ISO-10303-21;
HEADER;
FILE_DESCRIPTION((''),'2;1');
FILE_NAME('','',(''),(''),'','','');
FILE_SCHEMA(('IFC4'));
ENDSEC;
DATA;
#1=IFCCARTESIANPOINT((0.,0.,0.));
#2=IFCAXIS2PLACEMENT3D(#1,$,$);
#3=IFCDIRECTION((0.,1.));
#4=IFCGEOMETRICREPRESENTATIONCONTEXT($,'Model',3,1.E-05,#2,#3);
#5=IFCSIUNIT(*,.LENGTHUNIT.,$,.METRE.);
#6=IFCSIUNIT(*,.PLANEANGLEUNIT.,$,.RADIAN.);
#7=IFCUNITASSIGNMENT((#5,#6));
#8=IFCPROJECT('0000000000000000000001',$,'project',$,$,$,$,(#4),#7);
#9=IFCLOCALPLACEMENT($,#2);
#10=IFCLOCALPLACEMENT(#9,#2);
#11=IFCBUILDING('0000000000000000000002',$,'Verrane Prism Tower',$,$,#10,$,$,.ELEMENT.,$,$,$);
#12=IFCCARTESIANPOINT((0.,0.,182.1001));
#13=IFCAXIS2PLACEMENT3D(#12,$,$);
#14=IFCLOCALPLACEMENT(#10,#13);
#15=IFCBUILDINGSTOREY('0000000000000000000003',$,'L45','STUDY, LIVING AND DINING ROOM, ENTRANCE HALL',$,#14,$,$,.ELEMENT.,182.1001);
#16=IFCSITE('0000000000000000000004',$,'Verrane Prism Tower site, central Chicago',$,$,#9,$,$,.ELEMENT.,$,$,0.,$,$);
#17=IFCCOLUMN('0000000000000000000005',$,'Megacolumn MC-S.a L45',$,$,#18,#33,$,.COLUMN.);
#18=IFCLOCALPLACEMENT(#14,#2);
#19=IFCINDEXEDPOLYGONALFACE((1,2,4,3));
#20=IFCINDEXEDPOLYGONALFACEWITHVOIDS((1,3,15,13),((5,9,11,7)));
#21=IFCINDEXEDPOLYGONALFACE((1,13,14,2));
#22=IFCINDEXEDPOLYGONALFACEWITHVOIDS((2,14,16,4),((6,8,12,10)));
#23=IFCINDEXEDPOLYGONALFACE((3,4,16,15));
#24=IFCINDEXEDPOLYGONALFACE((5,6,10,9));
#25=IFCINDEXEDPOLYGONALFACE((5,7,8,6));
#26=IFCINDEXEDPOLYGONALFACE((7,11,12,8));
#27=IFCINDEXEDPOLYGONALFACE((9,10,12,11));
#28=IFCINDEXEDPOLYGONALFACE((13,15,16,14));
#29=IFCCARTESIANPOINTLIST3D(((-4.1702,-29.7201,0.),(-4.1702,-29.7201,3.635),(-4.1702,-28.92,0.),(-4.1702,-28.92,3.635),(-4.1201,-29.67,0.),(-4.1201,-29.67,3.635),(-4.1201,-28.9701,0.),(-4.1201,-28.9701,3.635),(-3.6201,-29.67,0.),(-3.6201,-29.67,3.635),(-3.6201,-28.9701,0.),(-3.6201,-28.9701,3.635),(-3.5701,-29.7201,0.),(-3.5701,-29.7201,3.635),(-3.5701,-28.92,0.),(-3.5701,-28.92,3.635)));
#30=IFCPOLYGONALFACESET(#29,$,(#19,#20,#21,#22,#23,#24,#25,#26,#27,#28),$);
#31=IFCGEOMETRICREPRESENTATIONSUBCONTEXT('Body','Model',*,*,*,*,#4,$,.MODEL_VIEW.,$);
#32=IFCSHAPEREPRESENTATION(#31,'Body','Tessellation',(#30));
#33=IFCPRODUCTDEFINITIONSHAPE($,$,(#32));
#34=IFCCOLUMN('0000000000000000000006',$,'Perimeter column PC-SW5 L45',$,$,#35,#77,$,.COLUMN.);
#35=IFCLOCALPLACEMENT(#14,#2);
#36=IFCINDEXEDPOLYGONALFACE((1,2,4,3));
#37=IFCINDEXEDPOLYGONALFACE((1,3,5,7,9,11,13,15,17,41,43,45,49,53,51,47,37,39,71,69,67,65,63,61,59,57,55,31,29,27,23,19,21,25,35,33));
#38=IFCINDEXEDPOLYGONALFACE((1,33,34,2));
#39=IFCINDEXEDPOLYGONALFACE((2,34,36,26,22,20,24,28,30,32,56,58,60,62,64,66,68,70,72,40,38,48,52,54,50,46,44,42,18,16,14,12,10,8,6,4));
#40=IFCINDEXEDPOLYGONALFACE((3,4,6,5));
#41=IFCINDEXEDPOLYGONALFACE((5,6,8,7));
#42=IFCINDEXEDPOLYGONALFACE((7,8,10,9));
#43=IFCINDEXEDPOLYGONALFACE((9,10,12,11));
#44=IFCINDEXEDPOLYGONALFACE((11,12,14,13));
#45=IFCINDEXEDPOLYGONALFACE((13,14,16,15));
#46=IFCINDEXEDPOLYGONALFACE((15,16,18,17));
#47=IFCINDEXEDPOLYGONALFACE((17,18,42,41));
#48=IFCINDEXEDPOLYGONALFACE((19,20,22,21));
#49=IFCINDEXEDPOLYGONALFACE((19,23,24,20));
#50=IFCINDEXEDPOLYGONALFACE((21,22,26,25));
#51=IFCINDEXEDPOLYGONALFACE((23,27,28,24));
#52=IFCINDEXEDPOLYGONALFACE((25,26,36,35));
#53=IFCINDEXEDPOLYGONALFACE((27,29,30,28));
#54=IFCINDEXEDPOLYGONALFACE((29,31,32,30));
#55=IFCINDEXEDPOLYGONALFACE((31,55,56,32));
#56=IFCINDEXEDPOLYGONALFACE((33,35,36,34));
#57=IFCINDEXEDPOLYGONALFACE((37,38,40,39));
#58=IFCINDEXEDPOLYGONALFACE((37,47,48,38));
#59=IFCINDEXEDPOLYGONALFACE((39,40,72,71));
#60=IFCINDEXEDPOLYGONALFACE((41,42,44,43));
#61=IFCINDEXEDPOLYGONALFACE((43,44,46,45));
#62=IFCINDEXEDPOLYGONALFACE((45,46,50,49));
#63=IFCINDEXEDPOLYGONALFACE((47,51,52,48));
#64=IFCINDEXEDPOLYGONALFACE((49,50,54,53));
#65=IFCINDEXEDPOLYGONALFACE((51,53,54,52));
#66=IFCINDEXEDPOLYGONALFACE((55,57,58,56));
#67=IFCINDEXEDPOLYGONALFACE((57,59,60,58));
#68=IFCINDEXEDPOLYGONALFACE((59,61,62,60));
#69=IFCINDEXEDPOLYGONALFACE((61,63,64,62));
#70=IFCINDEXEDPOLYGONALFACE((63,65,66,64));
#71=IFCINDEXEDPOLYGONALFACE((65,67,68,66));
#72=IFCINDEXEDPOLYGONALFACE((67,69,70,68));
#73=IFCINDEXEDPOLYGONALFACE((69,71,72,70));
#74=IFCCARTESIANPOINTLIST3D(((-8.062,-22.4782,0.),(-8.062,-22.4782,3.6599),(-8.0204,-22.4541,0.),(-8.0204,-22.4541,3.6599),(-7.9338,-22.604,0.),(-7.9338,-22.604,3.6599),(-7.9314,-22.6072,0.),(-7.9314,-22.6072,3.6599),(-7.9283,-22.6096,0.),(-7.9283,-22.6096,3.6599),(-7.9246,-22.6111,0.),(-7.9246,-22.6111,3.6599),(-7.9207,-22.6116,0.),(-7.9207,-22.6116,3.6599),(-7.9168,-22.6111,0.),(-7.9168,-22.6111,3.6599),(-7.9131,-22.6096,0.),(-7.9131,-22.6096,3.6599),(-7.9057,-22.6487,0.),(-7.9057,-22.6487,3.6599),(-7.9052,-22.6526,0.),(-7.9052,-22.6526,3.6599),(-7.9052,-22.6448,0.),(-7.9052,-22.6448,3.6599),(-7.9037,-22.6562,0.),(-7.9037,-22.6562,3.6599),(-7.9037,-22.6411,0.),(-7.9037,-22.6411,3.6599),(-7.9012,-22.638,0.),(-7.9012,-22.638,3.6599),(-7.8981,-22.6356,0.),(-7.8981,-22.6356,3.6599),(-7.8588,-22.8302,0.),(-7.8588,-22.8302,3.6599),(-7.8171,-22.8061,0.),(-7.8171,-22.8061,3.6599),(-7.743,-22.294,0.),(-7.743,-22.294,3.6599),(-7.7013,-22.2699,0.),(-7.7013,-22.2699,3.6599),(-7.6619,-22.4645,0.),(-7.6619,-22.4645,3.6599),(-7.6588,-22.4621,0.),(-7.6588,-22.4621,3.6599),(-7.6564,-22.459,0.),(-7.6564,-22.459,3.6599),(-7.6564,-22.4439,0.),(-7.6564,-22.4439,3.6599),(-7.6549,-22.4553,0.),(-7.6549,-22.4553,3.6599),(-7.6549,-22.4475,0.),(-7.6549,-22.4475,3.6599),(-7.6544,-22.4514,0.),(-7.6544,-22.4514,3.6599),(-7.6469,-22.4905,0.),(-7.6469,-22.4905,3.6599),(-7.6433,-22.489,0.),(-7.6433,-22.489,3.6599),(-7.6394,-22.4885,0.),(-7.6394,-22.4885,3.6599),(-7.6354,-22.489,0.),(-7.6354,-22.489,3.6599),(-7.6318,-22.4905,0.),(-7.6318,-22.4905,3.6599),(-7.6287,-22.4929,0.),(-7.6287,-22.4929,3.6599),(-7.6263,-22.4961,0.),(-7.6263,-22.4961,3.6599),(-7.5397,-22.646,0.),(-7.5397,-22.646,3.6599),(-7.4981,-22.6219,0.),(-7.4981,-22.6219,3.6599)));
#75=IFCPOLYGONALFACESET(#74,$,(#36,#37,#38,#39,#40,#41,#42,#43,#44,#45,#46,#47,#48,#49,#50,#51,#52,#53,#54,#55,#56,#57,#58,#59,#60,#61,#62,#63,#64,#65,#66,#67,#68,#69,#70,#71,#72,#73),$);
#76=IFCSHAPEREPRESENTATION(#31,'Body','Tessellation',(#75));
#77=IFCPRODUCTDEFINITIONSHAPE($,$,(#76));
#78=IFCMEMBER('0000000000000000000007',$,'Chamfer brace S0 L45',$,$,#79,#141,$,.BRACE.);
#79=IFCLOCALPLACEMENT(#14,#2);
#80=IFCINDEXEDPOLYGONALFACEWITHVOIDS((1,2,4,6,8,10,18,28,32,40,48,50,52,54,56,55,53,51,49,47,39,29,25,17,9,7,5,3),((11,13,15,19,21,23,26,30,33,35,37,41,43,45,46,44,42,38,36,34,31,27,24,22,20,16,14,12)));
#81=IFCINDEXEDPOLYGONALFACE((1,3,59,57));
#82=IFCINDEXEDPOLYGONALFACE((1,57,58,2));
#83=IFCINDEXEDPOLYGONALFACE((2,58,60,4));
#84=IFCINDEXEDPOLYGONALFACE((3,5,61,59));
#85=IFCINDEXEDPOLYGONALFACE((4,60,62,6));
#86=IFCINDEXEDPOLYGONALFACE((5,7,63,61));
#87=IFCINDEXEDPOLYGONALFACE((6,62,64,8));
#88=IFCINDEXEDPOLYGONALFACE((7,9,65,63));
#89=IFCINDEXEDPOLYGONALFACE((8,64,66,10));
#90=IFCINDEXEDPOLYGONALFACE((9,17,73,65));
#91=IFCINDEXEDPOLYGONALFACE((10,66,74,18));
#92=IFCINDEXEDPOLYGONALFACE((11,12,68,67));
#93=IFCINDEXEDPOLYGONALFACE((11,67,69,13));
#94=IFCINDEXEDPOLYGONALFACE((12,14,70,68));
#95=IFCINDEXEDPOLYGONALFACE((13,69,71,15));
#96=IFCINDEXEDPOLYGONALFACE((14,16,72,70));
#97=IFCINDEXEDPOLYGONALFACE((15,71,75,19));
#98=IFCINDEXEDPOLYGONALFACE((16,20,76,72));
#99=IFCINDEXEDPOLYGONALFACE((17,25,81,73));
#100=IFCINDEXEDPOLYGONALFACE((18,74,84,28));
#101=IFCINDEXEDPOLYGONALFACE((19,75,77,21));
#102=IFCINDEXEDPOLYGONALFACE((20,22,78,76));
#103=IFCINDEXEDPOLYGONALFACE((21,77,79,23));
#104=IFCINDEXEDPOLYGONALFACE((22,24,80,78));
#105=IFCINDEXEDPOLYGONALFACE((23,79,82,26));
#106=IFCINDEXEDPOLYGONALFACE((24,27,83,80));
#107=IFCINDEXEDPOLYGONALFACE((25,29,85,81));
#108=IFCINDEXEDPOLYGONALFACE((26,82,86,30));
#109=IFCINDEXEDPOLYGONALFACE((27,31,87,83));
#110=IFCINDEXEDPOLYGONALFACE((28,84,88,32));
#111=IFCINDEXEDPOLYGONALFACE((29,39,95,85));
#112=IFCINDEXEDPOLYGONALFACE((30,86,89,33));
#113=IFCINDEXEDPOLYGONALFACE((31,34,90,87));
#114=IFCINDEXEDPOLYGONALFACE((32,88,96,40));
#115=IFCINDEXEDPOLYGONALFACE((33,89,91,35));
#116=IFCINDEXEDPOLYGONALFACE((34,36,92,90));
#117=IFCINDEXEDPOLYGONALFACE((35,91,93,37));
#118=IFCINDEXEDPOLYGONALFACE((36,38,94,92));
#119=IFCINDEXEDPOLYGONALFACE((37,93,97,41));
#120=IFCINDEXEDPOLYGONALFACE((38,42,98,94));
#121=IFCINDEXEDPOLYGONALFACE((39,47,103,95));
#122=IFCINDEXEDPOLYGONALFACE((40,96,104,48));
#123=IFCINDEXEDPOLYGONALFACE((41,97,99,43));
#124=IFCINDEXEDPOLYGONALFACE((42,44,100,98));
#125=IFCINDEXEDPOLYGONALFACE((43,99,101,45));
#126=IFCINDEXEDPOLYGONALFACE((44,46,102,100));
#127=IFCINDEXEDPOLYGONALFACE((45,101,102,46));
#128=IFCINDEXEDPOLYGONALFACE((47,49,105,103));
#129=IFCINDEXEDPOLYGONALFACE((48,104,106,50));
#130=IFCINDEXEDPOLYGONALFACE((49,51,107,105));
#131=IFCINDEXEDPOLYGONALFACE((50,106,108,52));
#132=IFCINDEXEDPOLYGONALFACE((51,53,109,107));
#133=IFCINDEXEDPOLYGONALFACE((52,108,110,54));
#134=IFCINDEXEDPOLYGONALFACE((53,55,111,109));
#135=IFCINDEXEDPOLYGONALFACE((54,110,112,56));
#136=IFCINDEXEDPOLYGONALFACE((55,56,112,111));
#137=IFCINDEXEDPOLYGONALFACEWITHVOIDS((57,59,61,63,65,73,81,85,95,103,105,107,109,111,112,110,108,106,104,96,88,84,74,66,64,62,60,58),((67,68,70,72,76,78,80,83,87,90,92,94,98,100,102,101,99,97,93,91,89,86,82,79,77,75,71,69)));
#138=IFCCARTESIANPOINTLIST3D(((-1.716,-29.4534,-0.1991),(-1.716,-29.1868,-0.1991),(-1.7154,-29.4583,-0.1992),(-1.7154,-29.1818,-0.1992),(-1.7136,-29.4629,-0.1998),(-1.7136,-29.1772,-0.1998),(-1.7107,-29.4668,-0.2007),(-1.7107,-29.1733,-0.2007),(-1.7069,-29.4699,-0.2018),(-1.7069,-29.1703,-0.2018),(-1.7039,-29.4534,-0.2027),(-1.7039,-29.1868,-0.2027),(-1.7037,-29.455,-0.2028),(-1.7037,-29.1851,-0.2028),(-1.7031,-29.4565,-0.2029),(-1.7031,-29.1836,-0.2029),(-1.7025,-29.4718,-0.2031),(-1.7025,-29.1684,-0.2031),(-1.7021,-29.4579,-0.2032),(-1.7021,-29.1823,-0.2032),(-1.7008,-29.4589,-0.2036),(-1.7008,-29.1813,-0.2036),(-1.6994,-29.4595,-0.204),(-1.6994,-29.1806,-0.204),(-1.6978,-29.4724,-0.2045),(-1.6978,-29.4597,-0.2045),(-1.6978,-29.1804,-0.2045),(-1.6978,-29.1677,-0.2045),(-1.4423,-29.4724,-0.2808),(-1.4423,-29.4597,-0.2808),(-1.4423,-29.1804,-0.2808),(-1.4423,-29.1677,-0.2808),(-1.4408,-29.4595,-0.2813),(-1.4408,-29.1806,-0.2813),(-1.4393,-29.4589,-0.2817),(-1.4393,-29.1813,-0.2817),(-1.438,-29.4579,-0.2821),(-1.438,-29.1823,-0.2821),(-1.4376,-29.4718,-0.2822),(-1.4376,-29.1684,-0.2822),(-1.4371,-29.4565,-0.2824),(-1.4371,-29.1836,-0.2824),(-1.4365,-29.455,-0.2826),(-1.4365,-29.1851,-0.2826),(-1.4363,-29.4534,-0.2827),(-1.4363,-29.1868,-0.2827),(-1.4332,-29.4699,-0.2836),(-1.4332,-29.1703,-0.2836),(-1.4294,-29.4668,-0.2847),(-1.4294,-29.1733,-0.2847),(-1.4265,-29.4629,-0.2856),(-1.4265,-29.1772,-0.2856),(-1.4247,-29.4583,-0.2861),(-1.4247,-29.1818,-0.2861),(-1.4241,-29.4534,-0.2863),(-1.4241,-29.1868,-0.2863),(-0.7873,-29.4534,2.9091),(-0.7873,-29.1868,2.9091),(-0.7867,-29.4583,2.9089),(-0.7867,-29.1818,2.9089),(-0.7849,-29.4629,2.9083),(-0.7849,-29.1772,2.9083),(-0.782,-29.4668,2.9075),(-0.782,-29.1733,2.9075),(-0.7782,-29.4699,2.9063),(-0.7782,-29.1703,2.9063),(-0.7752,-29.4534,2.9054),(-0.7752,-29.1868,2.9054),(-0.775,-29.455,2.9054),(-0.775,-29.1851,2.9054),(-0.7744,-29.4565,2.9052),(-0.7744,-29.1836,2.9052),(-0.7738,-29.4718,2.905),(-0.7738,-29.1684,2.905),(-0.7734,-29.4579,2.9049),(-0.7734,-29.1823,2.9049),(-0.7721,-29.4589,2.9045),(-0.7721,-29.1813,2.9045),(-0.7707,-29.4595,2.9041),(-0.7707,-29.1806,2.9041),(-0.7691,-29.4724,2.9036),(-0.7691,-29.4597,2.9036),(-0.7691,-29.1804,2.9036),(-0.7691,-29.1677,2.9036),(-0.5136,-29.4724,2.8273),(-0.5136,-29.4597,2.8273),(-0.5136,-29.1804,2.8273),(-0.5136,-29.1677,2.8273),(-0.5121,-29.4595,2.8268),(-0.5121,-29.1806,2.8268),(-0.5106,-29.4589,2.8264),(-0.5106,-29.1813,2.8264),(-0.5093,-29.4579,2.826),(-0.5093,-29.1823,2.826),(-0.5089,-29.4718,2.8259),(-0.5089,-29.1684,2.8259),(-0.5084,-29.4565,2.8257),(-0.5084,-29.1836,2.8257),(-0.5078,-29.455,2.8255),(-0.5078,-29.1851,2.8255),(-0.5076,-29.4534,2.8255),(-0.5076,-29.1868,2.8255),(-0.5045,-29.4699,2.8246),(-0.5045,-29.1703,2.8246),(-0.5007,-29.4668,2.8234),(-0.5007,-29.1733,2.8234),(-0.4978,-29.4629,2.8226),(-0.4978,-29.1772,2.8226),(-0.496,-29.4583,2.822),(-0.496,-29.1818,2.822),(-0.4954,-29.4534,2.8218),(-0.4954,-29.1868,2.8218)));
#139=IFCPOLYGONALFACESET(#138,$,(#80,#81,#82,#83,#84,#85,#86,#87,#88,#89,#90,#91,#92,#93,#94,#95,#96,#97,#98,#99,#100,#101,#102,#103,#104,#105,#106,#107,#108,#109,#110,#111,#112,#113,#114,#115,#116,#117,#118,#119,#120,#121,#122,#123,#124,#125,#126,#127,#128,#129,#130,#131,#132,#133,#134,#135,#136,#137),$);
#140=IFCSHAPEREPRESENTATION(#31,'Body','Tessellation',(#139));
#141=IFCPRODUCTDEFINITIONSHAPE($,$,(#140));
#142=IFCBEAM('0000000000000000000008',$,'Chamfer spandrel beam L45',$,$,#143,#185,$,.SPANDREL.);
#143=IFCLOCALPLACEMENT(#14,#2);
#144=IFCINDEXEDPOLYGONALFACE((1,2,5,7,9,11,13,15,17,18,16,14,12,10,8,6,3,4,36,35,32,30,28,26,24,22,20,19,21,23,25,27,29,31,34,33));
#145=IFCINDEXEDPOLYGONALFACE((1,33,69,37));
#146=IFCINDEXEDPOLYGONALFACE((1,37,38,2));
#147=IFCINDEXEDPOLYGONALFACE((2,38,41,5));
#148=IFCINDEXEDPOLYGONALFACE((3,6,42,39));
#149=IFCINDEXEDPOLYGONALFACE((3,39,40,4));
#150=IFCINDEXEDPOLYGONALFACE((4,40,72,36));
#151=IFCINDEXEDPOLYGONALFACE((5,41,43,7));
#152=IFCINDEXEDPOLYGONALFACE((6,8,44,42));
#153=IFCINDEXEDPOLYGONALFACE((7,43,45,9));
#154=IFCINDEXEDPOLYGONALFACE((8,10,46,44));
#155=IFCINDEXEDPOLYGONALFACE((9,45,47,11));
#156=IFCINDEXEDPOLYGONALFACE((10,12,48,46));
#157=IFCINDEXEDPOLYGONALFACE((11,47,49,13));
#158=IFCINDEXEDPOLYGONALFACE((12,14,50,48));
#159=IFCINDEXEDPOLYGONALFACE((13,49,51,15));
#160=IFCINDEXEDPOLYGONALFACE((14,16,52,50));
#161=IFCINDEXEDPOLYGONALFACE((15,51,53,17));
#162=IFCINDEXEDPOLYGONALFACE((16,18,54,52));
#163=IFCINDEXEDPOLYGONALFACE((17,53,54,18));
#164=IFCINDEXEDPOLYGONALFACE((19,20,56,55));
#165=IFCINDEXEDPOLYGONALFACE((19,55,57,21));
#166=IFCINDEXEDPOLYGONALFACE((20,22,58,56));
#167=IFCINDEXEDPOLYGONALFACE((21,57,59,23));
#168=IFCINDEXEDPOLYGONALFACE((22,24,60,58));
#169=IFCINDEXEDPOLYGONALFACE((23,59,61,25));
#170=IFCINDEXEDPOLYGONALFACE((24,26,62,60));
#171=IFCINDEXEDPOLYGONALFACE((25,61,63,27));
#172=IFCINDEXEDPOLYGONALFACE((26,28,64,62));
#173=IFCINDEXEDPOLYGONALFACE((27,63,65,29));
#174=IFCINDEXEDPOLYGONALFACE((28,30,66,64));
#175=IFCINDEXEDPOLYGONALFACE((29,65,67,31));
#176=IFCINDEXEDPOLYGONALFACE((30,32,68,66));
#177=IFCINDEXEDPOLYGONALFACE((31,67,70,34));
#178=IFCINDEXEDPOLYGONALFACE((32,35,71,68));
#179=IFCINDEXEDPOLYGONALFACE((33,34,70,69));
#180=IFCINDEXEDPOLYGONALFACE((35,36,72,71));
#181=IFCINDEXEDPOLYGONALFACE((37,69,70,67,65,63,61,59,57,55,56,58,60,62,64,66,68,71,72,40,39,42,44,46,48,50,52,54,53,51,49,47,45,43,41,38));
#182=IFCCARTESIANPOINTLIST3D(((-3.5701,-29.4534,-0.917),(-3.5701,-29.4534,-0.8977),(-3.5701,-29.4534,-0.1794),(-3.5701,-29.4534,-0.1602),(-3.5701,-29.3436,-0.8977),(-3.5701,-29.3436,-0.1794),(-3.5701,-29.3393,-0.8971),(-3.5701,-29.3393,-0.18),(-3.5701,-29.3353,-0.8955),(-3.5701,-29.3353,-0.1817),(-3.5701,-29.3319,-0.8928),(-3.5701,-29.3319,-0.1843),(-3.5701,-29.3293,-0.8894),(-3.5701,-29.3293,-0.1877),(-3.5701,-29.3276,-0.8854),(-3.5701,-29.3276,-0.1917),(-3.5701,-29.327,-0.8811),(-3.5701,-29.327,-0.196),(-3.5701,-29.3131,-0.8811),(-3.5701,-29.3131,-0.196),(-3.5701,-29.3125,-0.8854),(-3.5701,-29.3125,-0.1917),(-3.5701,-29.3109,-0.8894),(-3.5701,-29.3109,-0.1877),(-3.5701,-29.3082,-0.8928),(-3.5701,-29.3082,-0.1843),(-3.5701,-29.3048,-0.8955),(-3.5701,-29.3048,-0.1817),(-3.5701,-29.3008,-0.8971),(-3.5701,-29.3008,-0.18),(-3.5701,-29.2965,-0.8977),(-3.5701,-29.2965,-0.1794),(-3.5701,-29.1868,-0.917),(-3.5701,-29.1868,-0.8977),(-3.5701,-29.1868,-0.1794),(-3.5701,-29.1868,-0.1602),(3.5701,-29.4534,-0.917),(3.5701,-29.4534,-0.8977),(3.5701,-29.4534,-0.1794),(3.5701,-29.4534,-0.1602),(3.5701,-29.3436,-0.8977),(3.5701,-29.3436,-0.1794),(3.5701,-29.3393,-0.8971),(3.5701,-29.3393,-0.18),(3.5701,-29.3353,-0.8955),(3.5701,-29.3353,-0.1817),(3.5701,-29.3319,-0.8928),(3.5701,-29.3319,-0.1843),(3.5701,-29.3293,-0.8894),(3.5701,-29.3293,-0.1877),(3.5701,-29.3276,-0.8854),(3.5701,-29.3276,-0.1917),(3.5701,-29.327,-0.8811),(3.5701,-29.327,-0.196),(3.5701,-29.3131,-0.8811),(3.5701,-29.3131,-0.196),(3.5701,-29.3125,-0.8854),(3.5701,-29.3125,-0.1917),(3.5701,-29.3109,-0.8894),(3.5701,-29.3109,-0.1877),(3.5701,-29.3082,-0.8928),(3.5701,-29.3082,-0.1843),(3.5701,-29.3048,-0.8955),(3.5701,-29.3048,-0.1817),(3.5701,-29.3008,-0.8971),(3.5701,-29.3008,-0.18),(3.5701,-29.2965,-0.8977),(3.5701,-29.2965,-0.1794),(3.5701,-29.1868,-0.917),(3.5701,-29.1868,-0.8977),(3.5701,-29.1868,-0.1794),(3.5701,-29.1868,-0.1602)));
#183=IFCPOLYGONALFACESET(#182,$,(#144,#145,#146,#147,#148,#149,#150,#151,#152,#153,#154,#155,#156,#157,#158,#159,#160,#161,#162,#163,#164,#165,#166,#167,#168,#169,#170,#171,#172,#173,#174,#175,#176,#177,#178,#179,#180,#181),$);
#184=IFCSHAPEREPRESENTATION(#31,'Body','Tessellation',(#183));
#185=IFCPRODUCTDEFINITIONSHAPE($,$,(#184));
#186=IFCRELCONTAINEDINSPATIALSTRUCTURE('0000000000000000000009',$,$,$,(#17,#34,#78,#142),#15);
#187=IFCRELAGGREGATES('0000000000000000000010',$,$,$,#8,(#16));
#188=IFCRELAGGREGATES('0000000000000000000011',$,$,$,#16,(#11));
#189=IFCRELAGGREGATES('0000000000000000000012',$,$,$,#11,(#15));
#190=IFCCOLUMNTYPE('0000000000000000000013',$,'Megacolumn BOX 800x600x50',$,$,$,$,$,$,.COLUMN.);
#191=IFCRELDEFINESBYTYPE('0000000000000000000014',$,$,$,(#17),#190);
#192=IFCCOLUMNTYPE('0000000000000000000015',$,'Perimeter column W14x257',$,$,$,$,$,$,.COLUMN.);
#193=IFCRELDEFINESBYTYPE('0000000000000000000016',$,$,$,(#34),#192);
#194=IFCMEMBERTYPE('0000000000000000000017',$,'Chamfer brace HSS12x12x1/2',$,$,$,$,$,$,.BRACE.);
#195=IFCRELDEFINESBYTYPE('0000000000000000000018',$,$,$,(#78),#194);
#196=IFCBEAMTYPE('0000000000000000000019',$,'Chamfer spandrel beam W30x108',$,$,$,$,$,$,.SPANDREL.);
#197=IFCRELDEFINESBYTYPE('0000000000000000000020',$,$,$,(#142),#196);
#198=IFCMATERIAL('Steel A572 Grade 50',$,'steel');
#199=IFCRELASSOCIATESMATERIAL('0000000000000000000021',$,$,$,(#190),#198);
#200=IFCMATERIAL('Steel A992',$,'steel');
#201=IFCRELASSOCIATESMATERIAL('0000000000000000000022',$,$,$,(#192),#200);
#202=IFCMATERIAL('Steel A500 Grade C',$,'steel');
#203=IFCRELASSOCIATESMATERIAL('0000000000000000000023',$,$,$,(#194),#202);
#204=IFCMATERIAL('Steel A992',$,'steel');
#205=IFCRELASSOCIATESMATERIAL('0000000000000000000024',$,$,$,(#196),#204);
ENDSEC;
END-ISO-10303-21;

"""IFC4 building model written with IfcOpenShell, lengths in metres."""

from ifc_helpers import new_model, si_unit, direction, frame, origin, origin_2d, place, context, subcontext, project, spatial, hollow_rectangle, i_section, extrude, material, material_profile, profile_set, type_object, element, save


model = new_model("IFC4")

# Units and contexts
model_context = context("Model", 3, precision=1e-05, world=origin(), true_north=direction((0.0, 1.0)))
body_context = subcontext(model_context, "Body", "Model", "MODEL_VIEW")
ifc_project = project(units=[si_unit("LENGTHUNIT", "METRE"), si_unit("PLANEANGLEUNIT", "RADIAN")], contexts=[model_context])

# Site, building, storey
site_placement = place(None, origin())
site = spatial("IfcSite", under=ifc_project, at=site_placement, Name="Verrane Prism Tower site, central Chicago", CompositionType="ELEMENT", RefElevation=0.0)
building_placement = place(site_placement, origin())
building = spatial("IfcBuilding", under=site, at=building_placement, Name="Verrane Prism Tower", CompositionType="ELEMENT")
storey_placement = place(building_placement, frame((0.0, 0.0, 182.1001)))
storey = spatial("IfcBuildingStorey", under=building, at=storey_placement, Name="L45", Description="STUDY, LIVING AND DINING ROOM, ENTRANCE HALL", CompositionType="ELEMENT", Elevation=182.1001)

# Columns
ifc_material_1 = material(Name="Steel A572 Grade 50", Category="steel")
ifc_material_profile_1 = material_profile(ifc_material_1, hollow_rectangle(XDim=0.6001, YDim=0.8, WallThickness=0.05, at=origin_2d()), Name="BOX 800x600x50")
ifc_profile_set_1 = profile_set([ifc_material_profile_1], Name="Steel A572 Grade 50")
column_type_1 = type_object("IfcColumnType", Name="Megacolumn BOX 800x600x50", PredefinedType="COLUMN", material=ifc_profile_set_1)
column_1_placement = place(storey_placement, frame((-3.8701, -29.3201, 0.0), z_axis=(0.0, 0.0, 1.0), x_axis=(-1.0, 0.0, 0.0)))
element("IfcColumn", 1, at=column_1_placement, inside=storey, type_object=column_type_1, Name="Megacolumn MC-S.a L45", PredefinedType="COLUMN", context=body_context, shape_type="SweptSolid", body=[
    extrude(hollow_rectangle(XDim=0.6001, YDim=0.8, WallThickness=0.05, at=origin_2d()), origin(), (0.0, 0.0, 1.0), 3.635),
])
ifc_material_2 = material(Name="Steel A992", Category="steel")
ifc_material_profile_2 = material_profile(ifc_material_2, i_section(OverallWidth=0.4065, OverallDepth=0.4165, WebThickness=0.03, FlangeThickness=0.0481, FilletRadius=0.0151, at=origin_2d()), Name="W14x257")
ifc_profile_set_2 = profile_set([ifc_material_profile_2], Name="Steel A992")
column_type_2 = type_object("IfcColumnType", Name="Perimeter column W14x257", PredefinedType="COLUMN", material=ifc_profile_set_2)
column_2_placement = place(storey_placement, frame((-7.78, -22.55, 0.0), z_axis=(0.0, 0.0, 1.0), x_axis=(-0.5, 0.866025, 0.0)))
element("IfcColumn", 2, at=column_2_placement, inside=storey, type_object=column_type_2, Name="Perimeter column PC-SW5 L45", PredefinedType="COLUMN", context=body_context, shape_type="SweptSolid", body=[
    extrude(i_section(OverallWidth=0.4065, OverallDepth=0.4165, WebThickness=0.03, FlangeThickness=0.0481, FilletRadius=0.0151, at=origin_2d()), origin(), (0.0, 0.0, 1.0), 3.6599),
])

# Member
ifc_material_3 = material(Name="Steel A500 Grade C", Category="steel")
ifc_material_profile_3 = material_profile(ifc_material_3, hollow_rectangle(XDim=0.3047, YDim=0.3047, WallThickness=0.0127, InnerFilletRadius=0.0063, OuterFilletRadius=0.019, at=origin_2d()), Name="HSS12x12x1/2")
ifc_profile_set_3 = profile_set([ifc_material_profile_3], Name="Steel A500 Grade C")
member_type_1 = type_object("IfcMemberType", Name="Chamfer brace HSS12x12x1/2", PredefinedType="BRACE", material=ifc_profile_set_3)
member_1_placement = place(storey_placement, frame((-1.5701, -29.3201, -0.2427), z_axis=(0.286291, 0.0, 0.958143), x_axis=(0.0, 1.0, 0.0)))
element("IfcMember", 3, at=member_1_placement, inside=storey, type_object=member_type_1, Name="Chamfer brace S0 L45", PredefinedType="BRACE", context=body_context, shape_type="SweptSolid", body=[
    extrude(hollow_rectangle(XDim=0.3047, YDim=0.3047, WallThickness=0.0127, InnerFilletRadius=0.0063, OuterFilletRadius=0.019, at=origin_2d()), origin(), (0.0, 0.0, 1.0), 3.2439),
])

# Beam
ifc_material_4 = material(Name="Steel A992", Category="steel")
ifc_material_profile_4 = material_profile(ifc_material_4, i_section(OverallWidth=0.2666, OverallDepth=0.7568, WebThickness=0.0139, FlangeThickness=0.0193, FilletRadius=0.0166, at=origin_2d()), Name="W30x108")
ifc_profile_set_4 = profile_set([ifc_material_profile_4], Name="Steel A992")
beam_type_1 = type_object("IfcBeamType", Name="Chamfer spandrel beam W30x108", PredefinedType="SPANDREL", material=ifc_profile_set_4)
beam_1_placement = place(storey_placement, frame((-3.5701, -29.3201, -0.5386), z_axis=(1.0, 0.0, 0.0), x_axis=(0.0, 1.0, 0.0)))
element("IfcBeam", 4, at=beam_1_placement, inside=storey, type_object=beam_type_1, Name="Chamfer spandrel beam L45", PredefinedType="SPANDREL", context=body_context, shape_type="SweptSolid", body=[
    extrude(i_section(OverallWidth=0.2666, OverallDepth=0.7568, WebThickness=0.0139, FlangeThickness=0.0193, FilletRadius=0.0166, at=origin_2d()), origin(), (0.0, 0.0, 1.0), 7.1401),
])

save(model, "model.ifc")
